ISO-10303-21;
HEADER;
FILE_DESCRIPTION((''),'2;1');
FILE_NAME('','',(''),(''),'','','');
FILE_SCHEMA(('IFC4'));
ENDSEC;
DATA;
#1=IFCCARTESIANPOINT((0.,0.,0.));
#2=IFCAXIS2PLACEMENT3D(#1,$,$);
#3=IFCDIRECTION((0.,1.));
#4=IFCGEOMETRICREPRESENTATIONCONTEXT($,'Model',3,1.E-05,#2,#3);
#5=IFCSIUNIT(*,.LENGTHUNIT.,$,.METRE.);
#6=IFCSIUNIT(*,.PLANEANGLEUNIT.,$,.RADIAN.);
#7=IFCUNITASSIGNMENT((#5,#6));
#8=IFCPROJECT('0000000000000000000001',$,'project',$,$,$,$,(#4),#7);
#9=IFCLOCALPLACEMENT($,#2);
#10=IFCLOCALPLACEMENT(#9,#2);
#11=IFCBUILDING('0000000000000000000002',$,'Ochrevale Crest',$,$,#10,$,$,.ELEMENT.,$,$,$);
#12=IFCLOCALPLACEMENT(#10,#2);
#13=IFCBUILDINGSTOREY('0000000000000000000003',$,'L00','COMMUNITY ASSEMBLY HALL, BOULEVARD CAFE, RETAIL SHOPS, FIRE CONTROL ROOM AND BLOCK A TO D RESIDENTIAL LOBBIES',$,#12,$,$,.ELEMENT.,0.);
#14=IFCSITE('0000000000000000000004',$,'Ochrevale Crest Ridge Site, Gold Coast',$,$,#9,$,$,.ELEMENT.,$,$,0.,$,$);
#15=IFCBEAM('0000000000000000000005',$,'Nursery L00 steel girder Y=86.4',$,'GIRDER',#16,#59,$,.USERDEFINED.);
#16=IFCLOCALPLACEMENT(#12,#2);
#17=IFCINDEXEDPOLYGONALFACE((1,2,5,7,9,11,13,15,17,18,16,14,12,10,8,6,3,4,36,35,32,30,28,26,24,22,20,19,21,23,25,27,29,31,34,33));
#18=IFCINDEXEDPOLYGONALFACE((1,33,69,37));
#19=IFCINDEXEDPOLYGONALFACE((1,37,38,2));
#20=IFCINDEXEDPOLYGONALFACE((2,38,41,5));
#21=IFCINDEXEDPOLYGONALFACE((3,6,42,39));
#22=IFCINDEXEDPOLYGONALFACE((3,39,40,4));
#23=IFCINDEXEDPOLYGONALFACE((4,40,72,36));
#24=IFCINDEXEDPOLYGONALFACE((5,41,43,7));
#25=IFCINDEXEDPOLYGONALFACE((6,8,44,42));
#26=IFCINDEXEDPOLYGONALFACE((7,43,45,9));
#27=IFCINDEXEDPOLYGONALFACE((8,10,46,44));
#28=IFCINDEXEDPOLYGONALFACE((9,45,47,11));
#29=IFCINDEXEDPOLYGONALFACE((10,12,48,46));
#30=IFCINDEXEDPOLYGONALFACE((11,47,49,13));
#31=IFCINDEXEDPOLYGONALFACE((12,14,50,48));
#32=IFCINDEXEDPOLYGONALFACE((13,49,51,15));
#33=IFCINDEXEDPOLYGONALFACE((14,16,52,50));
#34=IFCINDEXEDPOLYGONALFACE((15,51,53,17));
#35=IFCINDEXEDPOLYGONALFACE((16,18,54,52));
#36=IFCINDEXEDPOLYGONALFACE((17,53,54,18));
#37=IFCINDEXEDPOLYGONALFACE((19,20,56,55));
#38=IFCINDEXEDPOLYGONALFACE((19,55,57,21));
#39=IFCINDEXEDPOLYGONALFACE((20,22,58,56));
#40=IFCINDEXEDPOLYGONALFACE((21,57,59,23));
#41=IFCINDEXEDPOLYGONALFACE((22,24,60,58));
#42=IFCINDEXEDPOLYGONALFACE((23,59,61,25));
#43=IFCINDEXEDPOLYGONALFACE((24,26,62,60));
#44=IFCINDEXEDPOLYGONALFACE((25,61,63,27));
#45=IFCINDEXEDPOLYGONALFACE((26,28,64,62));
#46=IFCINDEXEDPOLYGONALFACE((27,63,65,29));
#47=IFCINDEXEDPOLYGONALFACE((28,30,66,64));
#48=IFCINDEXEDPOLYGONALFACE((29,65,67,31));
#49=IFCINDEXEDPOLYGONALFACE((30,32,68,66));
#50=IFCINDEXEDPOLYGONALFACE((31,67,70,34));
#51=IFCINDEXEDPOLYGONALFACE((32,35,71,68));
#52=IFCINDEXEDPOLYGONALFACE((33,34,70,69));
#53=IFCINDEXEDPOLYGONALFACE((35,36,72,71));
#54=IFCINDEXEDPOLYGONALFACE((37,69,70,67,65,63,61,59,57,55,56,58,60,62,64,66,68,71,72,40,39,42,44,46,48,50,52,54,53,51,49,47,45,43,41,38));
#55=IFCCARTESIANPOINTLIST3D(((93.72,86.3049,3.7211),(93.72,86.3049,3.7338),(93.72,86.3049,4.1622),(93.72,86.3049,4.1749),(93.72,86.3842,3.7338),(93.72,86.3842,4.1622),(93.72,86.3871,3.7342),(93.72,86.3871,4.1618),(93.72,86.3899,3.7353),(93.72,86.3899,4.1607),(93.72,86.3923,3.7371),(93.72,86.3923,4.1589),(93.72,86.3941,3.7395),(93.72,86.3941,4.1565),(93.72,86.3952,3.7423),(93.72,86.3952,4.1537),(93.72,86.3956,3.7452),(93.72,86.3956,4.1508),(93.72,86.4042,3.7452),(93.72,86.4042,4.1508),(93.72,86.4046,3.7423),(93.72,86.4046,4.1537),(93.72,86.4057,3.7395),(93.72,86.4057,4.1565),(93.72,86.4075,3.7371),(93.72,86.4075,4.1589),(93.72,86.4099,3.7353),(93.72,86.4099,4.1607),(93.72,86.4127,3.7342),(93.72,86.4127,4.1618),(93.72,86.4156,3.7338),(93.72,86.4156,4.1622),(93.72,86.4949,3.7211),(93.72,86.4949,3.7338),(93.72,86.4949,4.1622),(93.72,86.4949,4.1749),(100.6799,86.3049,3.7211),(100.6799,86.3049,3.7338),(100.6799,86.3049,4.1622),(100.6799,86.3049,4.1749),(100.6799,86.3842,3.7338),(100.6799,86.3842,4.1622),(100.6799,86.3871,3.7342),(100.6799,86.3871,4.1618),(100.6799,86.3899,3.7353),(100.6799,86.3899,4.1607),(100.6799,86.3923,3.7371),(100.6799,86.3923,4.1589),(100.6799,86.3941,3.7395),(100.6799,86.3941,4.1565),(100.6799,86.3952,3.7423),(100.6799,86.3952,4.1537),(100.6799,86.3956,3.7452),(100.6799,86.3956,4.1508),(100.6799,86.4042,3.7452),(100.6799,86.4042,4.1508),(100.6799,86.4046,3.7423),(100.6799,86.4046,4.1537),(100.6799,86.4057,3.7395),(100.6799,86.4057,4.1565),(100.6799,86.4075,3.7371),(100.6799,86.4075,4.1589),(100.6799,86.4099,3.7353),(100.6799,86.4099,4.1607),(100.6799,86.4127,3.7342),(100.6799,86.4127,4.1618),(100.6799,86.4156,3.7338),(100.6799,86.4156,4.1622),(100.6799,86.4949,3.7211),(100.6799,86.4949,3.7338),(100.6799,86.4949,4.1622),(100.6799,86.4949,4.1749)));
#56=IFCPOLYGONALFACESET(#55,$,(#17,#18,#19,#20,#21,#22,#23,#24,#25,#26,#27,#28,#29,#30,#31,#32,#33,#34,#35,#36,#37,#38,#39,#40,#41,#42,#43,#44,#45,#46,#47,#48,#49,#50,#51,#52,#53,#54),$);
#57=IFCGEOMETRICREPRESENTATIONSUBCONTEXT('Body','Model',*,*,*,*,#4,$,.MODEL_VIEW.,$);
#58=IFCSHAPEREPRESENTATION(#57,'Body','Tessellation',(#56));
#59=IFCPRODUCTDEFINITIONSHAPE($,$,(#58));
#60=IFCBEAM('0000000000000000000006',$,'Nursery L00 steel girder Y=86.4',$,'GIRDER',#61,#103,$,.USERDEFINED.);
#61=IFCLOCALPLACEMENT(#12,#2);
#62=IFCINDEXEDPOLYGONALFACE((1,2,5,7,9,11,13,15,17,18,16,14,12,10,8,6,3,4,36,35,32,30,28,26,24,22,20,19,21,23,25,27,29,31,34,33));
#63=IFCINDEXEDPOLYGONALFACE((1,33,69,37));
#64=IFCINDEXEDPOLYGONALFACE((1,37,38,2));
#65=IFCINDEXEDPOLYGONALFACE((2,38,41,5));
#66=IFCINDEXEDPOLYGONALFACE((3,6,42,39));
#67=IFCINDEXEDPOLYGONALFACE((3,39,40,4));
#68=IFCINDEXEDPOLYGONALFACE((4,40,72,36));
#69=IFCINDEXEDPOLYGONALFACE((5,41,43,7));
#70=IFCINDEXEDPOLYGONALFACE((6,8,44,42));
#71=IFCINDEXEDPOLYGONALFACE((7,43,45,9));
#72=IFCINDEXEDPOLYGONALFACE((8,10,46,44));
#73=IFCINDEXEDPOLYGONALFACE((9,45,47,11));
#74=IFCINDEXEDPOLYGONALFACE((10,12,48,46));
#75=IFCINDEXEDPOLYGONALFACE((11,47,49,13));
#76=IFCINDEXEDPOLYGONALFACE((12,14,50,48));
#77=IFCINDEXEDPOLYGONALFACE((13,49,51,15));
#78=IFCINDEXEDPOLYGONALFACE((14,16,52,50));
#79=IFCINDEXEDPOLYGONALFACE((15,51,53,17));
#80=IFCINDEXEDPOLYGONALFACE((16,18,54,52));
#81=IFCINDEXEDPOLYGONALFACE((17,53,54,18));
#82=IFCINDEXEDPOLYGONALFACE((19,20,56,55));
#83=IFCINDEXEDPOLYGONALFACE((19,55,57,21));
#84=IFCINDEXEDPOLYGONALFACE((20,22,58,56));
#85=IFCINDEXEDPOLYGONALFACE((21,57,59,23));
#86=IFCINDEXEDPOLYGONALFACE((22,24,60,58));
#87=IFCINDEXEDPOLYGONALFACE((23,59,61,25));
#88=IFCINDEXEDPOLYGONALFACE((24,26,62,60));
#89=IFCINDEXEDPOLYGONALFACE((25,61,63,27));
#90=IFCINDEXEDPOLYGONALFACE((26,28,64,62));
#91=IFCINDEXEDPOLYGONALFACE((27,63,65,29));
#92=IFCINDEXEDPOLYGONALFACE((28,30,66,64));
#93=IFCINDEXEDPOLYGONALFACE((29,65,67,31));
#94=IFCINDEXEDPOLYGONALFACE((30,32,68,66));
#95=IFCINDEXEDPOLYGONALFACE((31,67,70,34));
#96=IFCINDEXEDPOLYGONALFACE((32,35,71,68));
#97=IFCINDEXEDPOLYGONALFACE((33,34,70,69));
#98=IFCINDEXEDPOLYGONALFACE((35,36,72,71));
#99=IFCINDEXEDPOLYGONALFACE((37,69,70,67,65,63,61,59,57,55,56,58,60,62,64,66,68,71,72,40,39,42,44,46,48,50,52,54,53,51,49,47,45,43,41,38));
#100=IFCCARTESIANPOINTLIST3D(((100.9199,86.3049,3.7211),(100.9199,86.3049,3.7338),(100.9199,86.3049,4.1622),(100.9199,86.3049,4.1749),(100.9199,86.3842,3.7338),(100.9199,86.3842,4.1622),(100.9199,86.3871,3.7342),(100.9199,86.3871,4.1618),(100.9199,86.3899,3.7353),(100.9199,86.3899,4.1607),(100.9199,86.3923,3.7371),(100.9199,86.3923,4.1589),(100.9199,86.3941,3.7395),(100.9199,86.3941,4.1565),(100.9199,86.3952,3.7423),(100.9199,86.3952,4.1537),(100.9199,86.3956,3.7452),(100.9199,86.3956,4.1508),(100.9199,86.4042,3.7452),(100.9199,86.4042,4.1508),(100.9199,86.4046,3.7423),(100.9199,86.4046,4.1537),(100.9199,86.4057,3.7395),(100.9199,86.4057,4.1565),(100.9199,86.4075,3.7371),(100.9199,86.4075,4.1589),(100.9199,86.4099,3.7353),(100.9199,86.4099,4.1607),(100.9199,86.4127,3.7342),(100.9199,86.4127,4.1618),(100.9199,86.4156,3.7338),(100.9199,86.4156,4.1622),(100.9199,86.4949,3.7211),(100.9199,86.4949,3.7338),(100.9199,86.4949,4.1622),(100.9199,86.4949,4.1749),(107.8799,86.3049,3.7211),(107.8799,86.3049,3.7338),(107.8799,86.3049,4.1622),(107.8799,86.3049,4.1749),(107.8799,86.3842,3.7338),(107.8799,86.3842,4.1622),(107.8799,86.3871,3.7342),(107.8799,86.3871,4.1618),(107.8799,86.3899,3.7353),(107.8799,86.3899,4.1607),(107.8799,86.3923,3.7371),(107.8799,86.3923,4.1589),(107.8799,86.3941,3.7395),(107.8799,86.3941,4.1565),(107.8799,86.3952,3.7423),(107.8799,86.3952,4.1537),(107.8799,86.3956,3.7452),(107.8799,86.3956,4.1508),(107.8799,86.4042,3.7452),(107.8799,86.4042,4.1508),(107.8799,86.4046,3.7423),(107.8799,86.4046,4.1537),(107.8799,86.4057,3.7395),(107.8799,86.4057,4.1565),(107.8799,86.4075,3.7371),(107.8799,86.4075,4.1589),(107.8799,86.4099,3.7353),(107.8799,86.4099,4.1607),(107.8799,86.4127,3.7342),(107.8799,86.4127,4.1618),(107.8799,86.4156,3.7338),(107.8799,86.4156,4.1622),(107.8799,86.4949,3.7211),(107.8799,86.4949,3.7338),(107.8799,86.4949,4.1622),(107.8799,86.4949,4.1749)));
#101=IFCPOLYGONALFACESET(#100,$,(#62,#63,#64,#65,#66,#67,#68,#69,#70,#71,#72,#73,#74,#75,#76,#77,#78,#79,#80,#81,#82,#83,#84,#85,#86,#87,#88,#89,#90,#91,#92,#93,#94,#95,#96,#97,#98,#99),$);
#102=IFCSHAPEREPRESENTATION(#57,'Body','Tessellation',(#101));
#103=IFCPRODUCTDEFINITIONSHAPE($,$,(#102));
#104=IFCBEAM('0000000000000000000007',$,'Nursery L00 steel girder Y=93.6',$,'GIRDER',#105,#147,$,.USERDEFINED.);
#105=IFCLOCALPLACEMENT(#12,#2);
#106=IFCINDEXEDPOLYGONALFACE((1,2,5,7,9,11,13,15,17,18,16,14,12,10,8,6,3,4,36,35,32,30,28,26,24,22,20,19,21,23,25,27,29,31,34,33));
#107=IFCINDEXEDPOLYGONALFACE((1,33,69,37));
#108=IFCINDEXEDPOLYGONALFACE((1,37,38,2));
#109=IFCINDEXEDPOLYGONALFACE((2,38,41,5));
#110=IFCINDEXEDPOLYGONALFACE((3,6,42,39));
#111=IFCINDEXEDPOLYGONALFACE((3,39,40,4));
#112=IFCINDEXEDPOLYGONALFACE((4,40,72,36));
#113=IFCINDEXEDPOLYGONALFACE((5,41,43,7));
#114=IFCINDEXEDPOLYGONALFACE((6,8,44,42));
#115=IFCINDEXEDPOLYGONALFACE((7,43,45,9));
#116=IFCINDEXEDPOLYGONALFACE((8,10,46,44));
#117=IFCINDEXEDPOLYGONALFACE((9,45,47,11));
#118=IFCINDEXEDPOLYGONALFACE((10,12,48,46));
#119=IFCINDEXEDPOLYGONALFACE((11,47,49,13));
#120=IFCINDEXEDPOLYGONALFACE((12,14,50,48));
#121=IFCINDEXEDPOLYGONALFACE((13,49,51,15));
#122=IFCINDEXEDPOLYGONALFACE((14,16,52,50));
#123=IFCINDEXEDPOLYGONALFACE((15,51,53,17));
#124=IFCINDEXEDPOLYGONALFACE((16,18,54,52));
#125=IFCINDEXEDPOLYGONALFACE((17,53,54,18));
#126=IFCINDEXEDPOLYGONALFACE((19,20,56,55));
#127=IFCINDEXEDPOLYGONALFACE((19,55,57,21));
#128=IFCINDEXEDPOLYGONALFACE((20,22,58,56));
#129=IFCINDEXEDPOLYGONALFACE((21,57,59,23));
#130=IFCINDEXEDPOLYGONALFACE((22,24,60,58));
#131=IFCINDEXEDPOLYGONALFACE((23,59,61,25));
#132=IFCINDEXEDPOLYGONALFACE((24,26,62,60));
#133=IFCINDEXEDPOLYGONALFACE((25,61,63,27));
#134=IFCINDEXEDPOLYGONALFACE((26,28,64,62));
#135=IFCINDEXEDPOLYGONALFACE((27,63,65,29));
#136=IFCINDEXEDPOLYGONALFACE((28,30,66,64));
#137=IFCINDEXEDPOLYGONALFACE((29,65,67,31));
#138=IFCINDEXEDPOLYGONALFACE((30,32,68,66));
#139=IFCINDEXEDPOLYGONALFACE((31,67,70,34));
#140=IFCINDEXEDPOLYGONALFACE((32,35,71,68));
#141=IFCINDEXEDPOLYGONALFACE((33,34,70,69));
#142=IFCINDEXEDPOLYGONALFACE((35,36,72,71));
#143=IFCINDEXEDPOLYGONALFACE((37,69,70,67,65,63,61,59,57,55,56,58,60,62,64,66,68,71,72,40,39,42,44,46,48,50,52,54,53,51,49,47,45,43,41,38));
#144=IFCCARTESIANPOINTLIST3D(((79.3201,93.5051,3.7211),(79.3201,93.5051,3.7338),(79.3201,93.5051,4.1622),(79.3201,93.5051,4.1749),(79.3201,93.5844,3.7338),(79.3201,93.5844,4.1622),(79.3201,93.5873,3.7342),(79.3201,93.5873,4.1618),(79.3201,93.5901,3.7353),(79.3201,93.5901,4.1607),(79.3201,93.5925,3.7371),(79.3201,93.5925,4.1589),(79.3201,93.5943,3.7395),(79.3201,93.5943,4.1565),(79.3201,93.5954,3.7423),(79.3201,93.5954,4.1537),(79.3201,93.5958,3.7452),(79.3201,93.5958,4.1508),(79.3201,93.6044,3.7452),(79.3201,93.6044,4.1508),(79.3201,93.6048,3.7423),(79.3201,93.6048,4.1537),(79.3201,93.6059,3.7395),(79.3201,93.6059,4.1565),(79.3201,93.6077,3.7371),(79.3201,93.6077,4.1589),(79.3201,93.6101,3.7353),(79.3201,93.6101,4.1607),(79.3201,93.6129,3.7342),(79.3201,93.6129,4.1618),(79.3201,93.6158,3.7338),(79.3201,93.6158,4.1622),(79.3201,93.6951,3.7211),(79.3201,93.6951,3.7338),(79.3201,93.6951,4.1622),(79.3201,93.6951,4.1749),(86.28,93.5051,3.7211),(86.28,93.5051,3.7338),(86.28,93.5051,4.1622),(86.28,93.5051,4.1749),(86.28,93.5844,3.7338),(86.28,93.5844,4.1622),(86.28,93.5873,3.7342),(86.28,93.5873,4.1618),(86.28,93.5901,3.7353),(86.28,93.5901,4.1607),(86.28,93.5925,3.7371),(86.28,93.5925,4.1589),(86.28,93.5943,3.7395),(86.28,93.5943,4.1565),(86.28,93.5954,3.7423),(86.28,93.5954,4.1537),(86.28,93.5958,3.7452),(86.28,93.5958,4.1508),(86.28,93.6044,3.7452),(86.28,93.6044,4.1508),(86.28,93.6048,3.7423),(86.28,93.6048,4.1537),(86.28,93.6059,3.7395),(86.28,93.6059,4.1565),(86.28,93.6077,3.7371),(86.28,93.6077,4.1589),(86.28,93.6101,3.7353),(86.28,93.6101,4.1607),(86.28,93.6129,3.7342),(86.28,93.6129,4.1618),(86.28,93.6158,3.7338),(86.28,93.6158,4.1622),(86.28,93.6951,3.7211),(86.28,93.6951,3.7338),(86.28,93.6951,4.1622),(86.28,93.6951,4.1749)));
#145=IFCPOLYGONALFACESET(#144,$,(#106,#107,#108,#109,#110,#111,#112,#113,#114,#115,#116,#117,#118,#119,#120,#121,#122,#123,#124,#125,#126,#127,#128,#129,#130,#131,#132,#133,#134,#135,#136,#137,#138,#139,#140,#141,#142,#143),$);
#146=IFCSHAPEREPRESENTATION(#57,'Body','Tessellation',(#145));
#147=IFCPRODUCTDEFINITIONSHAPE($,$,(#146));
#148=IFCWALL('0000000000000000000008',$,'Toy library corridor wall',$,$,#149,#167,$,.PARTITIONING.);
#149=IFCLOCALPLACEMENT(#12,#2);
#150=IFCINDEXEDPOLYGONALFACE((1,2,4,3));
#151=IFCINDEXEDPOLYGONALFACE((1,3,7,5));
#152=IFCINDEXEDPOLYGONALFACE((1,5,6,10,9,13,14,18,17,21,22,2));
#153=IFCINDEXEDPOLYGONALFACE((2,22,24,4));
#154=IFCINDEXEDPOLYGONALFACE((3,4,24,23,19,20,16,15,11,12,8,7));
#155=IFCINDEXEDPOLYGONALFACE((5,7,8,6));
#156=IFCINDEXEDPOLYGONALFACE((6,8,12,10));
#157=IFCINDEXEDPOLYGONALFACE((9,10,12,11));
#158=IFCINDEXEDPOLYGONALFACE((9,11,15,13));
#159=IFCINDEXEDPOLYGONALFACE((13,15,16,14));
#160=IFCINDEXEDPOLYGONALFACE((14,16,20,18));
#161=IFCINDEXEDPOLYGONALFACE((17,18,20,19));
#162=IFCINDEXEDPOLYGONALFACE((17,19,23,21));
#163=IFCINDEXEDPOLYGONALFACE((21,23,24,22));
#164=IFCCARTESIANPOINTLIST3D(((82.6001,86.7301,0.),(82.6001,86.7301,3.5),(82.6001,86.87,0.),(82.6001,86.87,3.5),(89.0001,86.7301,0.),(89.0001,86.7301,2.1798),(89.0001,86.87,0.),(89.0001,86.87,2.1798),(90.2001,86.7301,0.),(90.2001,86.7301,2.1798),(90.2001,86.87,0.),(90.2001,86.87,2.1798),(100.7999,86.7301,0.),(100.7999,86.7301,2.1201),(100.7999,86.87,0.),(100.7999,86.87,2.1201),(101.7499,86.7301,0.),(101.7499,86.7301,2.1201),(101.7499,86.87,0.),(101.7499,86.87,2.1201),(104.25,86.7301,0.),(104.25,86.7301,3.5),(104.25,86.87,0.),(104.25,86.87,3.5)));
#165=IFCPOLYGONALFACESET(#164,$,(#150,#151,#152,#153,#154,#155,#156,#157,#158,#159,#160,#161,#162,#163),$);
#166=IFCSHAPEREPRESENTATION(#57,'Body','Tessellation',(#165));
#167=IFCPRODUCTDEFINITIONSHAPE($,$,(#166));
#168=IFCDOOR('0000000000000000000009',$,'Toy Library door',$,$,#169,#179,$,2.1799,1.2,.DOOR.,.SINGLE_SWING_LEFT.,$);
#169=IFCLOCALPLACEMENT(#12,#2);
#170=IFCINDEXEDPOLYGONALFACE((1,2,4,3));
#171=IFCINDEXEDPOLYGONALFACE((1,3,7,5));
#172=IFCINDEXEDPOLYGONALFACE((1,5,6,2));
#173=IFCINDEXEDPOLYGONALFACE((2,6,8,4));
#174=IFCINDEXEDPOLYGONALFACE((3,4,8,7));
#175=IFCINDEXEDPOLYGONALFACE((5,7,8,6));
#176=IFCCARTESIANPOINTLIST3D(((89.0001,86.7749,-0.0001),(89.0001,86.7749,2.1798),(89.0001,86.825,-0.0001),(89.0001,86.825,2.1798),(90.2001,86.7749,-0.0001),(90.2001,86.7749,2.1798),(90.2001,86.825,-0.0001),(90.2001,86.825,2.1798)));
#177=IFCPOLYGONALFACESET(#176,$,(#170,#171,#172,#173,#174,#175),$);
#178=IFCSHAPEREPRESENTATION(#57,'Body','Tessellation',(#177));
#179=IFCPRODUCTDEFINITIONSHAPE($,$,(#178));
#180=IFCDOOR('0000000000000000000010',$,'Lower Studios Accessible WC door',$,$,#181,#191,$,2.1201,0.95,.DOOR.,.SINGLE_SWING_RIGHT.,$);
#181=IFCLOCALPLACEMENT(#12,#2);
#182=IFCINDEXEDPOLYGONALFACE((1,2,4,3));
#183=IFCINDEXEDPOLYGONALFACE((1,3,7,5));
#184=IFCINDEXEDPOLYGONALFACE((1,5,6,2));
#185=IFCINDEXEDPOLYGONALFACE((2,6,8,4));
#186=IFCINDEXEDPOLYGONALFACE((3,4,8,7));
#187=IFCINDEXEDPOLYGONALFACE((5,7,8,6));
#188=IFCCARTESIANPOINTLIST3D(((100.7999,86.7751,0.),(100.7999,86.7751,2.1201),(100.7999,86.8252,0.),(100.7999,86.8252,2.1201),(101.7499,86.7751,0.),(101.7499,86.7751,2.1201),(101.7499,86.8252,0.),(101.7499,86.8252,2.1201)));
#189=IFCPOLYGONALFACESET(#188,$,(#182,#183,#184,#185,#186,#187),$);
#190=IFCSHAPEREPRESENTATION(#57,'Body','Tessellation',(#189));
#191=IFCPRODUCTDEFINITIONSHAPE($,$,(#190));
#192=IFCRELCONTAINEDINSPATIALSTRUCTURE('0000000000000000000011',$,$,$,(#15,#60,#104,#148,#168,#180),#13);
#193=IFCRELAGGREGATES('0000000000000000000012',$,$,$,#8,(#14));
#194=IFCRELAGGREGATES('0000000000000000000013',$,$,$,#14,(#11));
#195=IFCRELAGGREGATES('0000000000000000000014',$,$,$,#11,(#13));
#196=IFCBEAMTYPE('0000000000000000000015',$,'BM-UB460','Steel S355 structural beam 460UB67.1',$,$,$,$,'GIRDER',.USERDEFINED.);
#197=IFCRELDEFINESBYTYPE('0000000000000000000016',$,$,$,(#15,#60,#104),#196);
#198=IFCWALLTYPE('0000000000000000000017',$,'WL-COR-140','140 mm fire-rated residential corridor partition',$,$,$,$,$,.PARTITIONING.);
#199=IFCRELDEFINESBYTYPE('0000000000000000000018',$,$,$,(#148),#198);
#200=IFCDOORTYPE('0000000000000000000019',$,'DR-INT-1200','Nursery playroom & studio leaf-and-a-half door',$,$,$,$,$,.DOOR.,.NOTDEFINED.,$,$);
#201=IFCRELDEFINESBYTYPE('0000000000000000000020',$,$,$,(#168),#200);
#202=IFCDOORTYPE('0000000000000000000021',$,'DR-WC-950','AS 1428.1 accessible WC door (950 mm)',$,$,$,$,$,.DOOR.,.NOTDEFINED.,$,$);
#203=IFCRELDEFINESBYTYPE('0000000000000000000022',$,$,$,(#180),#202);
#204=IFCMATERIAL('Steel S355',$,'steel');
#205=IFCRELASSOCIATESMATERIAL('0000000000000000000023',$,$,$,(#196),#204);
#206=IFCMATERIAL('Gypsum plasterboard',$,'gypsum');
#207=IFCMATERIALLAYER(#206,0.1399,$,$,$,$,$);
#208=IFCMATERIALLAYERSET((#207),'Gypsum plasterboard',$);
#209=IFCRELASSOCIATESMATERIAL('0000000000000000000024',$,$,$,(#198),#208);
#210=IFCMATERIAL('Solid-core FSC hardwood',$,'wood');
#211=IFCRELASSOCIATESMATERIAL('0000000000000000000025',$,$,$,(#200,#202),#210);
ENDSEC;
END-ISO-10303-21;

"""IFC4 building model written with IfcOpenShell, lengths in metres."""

from ifc_helpers import new_model, si_unit, direction, frame, frame_2d, origin, origin_2d, place, context, subcontext, project, spatial, rectangle, i_section, extrude, material, layer, layer_set, material_profile, profile_set, type_object, element, fill, save


model = new_model("IFC4")

# Units and contexts
model_context = context("Model", 3, precision=1e-05, world=origin(), true_north=direction((0.0, 1.0)))
body_context = subcontext(model_context, "Body", "Model", "MODEL_VIEW")
ifc_project = project(units=[si_unit("LENGTHUNIT", "METRE"), si_unit("PLANEANGLEUNIT", "RADIAN")], contexts=[model_context])

# Site, building, storey
site_placement = place(None, origin())
site = spatial("IfcSite", under=ifc_project, at=site_placement, Name="Ochrevale Crest Ridge Site, Gold Coast", CompositionType="ELEMENT", RefElevation=0.0)
building_placement = place(site_placement, origin())
building = spatial("IfcBuilding", under=site, at=building_placement, Name="Ochrevale Crest", CompositionType="ELEMENT")
storey_placement = place(building_placement, origin())
storey = spatial("IfcBuildingStorey", under=building, at=storey_placement, Name="L00", Description="COMMUNITY ASSEMBLY HALL, BOULEVARD CAFE, RETAIL SHOPS, FIRE CONTROL ROOM AND BLOCK A TO D RESIDENTIAL LOBBIES", CompositionType="ELEMENT", Elevation=0.0)

# Shared definitions
ifc_material_1 = material(Name="Steel S355", Category="steel")

# Beams
ifc_material_profile_1 = material_profile(ifc_material_1, i_section(OverallWidth=0.1899, OverallDepth=0.4539, WebThickness=0.0085, FlangeThickness=0.0127, FilletRadius=0.0115, at=origin_2d()), Name="460UB67.1")
ifc_profile_set_1 = profile_set([ifc_material_profile_1], Name="Steel S355")
beam_type_1 = type_object("IfcBeamType", Name="BM-UB460", Description="Steel S355 structural beam 460UB67.1", ElementType="GIRDER", PredefinedType="USERDEFINED", material=ifc_profile_set_1)
for number, where, z_axis, x_axis, name in (
    (1, (93.72, 86.3999, 3.948), (1.0, 0.0, 0.0), (0.0, 1.0, 0.0), "Nursery L00 steel girder Y=86.4"),
    (2, (100.9199, 86.3999, 3.948), (1.0, 0.0, 0.0), (0.0, 1.0, 0.0), "Nursery L00 steel girder Y=86.4"),
    (3, (79.3201, 93.6001, 3.948), (1.0, 0.0, 0.0), (0.0, 1.0, 0.0), "Nursery L00 steel girder Y=93.6"),
):
    element("IfcBeam", number, at=place(storey_placement, frame(where, z_axis=z_axis, x_axis=x_axis)), inside=storey, type_object=beam_type_1, Name=name, ObjectType="GIRDER", PredefinedType="USERDEFINED", context=body_context, shape_type="SweptSolid", body=[
        extrude(i_section(OverallWidth=0.1899, OverallDepth=0.4539, WebThickness=0.0085, FlangeThickness=0.0127, FilletRadius=0.0115, at=origin_2d()), origin(), (0.0, 0.0, 1.0), 6.96),
    ])

# Wall, openings, doors
ifc_material_2 = material(Name="Gypsum plasterboard", Category="gypsum")
ifc_layer_1 = layer(ifc_material_2, 0.1399)
ifc_layer_set_1 = layer_set([ifc_layer_1], Name="Gypsum plasterboard")
wall_type_1 = type_object("IfcWallType", Name="WL-COR-140", Description="140 mm fire-rated residential corridor partition", PredefinedType="PARTITIONING", material=ifc_layer_set_1)
wall_1_placement = place(storey_placement, frame((82.6001, 86.8, 0.0), z_axis=(0.0, 0.0, 1.0), x_axis=(1.0, 0.0, 0.0)))
wall_1 = element("IfcWall", 4, at=wall_1_placement, inside=storey, type_object=wall_type_1, Name="Toy library corridor wall", PredefinedType="PARTITIONING", context=body_context, shape_type="SweptSolid", body=[
    extrude(rectangle(XDim=21.6499, YDim=0.1399, at=frame_2d((10.825, 0.0))), origin(), (0.0, 0.0, 1.0), 3.5),
])
opening_1_placement = place(wall_1_placement, frame((6.3999, 0.0, 0.0)))
opening_1 = element("IfcOpeningElement", 5, at=opening_1_placement, cuts=wall_1, PredefinedType="OPENING", context=body_context, shape_type="SweptSolid", body=[
    extrude(rectangle(XDim=1.2, YDim=2.1799, at=frame_2d((0.6001, 1.0898))), frame((0.0, 0.0801, 0.0), z_axis=(0.0, -1.0, 0.0), x_axis=(1.0, 0.0, 0.0)), (0.0, 0.0, 1.0), 0.1599),
])
opening_2_placement = place(wall_1_placement, frame((19.1499, 0.0, 0.0), z_axis=(0.0, 0.0, 1.0), x_axis=(-1.0, 0.0, 0.0)))
opening_2 = element("IfcOpeningElement", 6, at=opening_2_placement, cuts=wall_1, PredefinedType="OPENING", context=body_context, shape_type="SweptSolid", body=[
    extrude(rectangle(XDim=0.95, YDim=2.1201, at=frame_2d((0.4751, 1.0601))), frame((0.0, 0.0801, 0.0), z_axis=(0.0, -1.0, 0.0), x_axis=(1.0, 0.0, 0.0)), (0.0, 0.0, 1.0), 0.1599),
])
ifc_material_3 = material(Name="Solid-core FSC hardwood", Category="wood")
door_type_1 = type_object("IfcDoorType", Name="DR-INT-1200", Description="Nursery playroom & studio leaf-and-a-half door", OperationType="NOTDEFINED", PredefinedType="DOOR", material=ifc_material_3)
door_1_placement = place(opening_1_placement, origin())
door_1 = element("IfcDoor", 7, at=door_1_placement, inside=storey, type_object=door_type_1, Name="Toy Library door", OperationType="SINGLE_SWING_LEFT", OverallHeight=2.1799, OverallWidth=1.2, PredefinedType="DOOR", context=body_context, shape_type="SweptSolid", body=[
    extrude(rectangle(XDim=1.2, YDim=2.1799, at=frame_2d((0.6001, 1.0898))), frame((0.0, 0.0249, 0.0), z_axis=(0.0, -1.0, 0.0), x_axis=(1.0, 0.0, 0.0)), (0.0, 0.0, 1.0), 0.05),
])
fill(opening_1, door_1)
door_type_2 = type_object("IfcDoorType", Name="DR-WC-950", Description="AS 1428.1 accessible WC door (950 mm)", OperationType="NOTDEFINED", PredefinedType="DOOR", material=ifc_material_3)
door_2_placement = place(opening_2_placement, origin())
door_2 = element("IfcDoor", 8, at=door_2_placement, inside=storey, type_object=door_type_2, Name="Lower Studios Accessible WC door", OperationType="SINGLE_SWING_RIGHT", OverallHeight=2.1201, OverallWidth=0.95, PredefinedType="DOOR", context=body_context, shape_type="SweptSolid", body=[
    extrude(rectangle(XDim=0.95, YDim=2.1201, at=frame_2d((0.4751, 1.0601))), frame((0.0, 0.0249, 0.0), z_axis=(0.0, -1.0, 0.0), x_axis=(1.0, 0.0, 0.0)), (0.0, 0.0, 1.0), 0.05),
])
fill(opening_2, door_2)

save(model, "model.ifc")
